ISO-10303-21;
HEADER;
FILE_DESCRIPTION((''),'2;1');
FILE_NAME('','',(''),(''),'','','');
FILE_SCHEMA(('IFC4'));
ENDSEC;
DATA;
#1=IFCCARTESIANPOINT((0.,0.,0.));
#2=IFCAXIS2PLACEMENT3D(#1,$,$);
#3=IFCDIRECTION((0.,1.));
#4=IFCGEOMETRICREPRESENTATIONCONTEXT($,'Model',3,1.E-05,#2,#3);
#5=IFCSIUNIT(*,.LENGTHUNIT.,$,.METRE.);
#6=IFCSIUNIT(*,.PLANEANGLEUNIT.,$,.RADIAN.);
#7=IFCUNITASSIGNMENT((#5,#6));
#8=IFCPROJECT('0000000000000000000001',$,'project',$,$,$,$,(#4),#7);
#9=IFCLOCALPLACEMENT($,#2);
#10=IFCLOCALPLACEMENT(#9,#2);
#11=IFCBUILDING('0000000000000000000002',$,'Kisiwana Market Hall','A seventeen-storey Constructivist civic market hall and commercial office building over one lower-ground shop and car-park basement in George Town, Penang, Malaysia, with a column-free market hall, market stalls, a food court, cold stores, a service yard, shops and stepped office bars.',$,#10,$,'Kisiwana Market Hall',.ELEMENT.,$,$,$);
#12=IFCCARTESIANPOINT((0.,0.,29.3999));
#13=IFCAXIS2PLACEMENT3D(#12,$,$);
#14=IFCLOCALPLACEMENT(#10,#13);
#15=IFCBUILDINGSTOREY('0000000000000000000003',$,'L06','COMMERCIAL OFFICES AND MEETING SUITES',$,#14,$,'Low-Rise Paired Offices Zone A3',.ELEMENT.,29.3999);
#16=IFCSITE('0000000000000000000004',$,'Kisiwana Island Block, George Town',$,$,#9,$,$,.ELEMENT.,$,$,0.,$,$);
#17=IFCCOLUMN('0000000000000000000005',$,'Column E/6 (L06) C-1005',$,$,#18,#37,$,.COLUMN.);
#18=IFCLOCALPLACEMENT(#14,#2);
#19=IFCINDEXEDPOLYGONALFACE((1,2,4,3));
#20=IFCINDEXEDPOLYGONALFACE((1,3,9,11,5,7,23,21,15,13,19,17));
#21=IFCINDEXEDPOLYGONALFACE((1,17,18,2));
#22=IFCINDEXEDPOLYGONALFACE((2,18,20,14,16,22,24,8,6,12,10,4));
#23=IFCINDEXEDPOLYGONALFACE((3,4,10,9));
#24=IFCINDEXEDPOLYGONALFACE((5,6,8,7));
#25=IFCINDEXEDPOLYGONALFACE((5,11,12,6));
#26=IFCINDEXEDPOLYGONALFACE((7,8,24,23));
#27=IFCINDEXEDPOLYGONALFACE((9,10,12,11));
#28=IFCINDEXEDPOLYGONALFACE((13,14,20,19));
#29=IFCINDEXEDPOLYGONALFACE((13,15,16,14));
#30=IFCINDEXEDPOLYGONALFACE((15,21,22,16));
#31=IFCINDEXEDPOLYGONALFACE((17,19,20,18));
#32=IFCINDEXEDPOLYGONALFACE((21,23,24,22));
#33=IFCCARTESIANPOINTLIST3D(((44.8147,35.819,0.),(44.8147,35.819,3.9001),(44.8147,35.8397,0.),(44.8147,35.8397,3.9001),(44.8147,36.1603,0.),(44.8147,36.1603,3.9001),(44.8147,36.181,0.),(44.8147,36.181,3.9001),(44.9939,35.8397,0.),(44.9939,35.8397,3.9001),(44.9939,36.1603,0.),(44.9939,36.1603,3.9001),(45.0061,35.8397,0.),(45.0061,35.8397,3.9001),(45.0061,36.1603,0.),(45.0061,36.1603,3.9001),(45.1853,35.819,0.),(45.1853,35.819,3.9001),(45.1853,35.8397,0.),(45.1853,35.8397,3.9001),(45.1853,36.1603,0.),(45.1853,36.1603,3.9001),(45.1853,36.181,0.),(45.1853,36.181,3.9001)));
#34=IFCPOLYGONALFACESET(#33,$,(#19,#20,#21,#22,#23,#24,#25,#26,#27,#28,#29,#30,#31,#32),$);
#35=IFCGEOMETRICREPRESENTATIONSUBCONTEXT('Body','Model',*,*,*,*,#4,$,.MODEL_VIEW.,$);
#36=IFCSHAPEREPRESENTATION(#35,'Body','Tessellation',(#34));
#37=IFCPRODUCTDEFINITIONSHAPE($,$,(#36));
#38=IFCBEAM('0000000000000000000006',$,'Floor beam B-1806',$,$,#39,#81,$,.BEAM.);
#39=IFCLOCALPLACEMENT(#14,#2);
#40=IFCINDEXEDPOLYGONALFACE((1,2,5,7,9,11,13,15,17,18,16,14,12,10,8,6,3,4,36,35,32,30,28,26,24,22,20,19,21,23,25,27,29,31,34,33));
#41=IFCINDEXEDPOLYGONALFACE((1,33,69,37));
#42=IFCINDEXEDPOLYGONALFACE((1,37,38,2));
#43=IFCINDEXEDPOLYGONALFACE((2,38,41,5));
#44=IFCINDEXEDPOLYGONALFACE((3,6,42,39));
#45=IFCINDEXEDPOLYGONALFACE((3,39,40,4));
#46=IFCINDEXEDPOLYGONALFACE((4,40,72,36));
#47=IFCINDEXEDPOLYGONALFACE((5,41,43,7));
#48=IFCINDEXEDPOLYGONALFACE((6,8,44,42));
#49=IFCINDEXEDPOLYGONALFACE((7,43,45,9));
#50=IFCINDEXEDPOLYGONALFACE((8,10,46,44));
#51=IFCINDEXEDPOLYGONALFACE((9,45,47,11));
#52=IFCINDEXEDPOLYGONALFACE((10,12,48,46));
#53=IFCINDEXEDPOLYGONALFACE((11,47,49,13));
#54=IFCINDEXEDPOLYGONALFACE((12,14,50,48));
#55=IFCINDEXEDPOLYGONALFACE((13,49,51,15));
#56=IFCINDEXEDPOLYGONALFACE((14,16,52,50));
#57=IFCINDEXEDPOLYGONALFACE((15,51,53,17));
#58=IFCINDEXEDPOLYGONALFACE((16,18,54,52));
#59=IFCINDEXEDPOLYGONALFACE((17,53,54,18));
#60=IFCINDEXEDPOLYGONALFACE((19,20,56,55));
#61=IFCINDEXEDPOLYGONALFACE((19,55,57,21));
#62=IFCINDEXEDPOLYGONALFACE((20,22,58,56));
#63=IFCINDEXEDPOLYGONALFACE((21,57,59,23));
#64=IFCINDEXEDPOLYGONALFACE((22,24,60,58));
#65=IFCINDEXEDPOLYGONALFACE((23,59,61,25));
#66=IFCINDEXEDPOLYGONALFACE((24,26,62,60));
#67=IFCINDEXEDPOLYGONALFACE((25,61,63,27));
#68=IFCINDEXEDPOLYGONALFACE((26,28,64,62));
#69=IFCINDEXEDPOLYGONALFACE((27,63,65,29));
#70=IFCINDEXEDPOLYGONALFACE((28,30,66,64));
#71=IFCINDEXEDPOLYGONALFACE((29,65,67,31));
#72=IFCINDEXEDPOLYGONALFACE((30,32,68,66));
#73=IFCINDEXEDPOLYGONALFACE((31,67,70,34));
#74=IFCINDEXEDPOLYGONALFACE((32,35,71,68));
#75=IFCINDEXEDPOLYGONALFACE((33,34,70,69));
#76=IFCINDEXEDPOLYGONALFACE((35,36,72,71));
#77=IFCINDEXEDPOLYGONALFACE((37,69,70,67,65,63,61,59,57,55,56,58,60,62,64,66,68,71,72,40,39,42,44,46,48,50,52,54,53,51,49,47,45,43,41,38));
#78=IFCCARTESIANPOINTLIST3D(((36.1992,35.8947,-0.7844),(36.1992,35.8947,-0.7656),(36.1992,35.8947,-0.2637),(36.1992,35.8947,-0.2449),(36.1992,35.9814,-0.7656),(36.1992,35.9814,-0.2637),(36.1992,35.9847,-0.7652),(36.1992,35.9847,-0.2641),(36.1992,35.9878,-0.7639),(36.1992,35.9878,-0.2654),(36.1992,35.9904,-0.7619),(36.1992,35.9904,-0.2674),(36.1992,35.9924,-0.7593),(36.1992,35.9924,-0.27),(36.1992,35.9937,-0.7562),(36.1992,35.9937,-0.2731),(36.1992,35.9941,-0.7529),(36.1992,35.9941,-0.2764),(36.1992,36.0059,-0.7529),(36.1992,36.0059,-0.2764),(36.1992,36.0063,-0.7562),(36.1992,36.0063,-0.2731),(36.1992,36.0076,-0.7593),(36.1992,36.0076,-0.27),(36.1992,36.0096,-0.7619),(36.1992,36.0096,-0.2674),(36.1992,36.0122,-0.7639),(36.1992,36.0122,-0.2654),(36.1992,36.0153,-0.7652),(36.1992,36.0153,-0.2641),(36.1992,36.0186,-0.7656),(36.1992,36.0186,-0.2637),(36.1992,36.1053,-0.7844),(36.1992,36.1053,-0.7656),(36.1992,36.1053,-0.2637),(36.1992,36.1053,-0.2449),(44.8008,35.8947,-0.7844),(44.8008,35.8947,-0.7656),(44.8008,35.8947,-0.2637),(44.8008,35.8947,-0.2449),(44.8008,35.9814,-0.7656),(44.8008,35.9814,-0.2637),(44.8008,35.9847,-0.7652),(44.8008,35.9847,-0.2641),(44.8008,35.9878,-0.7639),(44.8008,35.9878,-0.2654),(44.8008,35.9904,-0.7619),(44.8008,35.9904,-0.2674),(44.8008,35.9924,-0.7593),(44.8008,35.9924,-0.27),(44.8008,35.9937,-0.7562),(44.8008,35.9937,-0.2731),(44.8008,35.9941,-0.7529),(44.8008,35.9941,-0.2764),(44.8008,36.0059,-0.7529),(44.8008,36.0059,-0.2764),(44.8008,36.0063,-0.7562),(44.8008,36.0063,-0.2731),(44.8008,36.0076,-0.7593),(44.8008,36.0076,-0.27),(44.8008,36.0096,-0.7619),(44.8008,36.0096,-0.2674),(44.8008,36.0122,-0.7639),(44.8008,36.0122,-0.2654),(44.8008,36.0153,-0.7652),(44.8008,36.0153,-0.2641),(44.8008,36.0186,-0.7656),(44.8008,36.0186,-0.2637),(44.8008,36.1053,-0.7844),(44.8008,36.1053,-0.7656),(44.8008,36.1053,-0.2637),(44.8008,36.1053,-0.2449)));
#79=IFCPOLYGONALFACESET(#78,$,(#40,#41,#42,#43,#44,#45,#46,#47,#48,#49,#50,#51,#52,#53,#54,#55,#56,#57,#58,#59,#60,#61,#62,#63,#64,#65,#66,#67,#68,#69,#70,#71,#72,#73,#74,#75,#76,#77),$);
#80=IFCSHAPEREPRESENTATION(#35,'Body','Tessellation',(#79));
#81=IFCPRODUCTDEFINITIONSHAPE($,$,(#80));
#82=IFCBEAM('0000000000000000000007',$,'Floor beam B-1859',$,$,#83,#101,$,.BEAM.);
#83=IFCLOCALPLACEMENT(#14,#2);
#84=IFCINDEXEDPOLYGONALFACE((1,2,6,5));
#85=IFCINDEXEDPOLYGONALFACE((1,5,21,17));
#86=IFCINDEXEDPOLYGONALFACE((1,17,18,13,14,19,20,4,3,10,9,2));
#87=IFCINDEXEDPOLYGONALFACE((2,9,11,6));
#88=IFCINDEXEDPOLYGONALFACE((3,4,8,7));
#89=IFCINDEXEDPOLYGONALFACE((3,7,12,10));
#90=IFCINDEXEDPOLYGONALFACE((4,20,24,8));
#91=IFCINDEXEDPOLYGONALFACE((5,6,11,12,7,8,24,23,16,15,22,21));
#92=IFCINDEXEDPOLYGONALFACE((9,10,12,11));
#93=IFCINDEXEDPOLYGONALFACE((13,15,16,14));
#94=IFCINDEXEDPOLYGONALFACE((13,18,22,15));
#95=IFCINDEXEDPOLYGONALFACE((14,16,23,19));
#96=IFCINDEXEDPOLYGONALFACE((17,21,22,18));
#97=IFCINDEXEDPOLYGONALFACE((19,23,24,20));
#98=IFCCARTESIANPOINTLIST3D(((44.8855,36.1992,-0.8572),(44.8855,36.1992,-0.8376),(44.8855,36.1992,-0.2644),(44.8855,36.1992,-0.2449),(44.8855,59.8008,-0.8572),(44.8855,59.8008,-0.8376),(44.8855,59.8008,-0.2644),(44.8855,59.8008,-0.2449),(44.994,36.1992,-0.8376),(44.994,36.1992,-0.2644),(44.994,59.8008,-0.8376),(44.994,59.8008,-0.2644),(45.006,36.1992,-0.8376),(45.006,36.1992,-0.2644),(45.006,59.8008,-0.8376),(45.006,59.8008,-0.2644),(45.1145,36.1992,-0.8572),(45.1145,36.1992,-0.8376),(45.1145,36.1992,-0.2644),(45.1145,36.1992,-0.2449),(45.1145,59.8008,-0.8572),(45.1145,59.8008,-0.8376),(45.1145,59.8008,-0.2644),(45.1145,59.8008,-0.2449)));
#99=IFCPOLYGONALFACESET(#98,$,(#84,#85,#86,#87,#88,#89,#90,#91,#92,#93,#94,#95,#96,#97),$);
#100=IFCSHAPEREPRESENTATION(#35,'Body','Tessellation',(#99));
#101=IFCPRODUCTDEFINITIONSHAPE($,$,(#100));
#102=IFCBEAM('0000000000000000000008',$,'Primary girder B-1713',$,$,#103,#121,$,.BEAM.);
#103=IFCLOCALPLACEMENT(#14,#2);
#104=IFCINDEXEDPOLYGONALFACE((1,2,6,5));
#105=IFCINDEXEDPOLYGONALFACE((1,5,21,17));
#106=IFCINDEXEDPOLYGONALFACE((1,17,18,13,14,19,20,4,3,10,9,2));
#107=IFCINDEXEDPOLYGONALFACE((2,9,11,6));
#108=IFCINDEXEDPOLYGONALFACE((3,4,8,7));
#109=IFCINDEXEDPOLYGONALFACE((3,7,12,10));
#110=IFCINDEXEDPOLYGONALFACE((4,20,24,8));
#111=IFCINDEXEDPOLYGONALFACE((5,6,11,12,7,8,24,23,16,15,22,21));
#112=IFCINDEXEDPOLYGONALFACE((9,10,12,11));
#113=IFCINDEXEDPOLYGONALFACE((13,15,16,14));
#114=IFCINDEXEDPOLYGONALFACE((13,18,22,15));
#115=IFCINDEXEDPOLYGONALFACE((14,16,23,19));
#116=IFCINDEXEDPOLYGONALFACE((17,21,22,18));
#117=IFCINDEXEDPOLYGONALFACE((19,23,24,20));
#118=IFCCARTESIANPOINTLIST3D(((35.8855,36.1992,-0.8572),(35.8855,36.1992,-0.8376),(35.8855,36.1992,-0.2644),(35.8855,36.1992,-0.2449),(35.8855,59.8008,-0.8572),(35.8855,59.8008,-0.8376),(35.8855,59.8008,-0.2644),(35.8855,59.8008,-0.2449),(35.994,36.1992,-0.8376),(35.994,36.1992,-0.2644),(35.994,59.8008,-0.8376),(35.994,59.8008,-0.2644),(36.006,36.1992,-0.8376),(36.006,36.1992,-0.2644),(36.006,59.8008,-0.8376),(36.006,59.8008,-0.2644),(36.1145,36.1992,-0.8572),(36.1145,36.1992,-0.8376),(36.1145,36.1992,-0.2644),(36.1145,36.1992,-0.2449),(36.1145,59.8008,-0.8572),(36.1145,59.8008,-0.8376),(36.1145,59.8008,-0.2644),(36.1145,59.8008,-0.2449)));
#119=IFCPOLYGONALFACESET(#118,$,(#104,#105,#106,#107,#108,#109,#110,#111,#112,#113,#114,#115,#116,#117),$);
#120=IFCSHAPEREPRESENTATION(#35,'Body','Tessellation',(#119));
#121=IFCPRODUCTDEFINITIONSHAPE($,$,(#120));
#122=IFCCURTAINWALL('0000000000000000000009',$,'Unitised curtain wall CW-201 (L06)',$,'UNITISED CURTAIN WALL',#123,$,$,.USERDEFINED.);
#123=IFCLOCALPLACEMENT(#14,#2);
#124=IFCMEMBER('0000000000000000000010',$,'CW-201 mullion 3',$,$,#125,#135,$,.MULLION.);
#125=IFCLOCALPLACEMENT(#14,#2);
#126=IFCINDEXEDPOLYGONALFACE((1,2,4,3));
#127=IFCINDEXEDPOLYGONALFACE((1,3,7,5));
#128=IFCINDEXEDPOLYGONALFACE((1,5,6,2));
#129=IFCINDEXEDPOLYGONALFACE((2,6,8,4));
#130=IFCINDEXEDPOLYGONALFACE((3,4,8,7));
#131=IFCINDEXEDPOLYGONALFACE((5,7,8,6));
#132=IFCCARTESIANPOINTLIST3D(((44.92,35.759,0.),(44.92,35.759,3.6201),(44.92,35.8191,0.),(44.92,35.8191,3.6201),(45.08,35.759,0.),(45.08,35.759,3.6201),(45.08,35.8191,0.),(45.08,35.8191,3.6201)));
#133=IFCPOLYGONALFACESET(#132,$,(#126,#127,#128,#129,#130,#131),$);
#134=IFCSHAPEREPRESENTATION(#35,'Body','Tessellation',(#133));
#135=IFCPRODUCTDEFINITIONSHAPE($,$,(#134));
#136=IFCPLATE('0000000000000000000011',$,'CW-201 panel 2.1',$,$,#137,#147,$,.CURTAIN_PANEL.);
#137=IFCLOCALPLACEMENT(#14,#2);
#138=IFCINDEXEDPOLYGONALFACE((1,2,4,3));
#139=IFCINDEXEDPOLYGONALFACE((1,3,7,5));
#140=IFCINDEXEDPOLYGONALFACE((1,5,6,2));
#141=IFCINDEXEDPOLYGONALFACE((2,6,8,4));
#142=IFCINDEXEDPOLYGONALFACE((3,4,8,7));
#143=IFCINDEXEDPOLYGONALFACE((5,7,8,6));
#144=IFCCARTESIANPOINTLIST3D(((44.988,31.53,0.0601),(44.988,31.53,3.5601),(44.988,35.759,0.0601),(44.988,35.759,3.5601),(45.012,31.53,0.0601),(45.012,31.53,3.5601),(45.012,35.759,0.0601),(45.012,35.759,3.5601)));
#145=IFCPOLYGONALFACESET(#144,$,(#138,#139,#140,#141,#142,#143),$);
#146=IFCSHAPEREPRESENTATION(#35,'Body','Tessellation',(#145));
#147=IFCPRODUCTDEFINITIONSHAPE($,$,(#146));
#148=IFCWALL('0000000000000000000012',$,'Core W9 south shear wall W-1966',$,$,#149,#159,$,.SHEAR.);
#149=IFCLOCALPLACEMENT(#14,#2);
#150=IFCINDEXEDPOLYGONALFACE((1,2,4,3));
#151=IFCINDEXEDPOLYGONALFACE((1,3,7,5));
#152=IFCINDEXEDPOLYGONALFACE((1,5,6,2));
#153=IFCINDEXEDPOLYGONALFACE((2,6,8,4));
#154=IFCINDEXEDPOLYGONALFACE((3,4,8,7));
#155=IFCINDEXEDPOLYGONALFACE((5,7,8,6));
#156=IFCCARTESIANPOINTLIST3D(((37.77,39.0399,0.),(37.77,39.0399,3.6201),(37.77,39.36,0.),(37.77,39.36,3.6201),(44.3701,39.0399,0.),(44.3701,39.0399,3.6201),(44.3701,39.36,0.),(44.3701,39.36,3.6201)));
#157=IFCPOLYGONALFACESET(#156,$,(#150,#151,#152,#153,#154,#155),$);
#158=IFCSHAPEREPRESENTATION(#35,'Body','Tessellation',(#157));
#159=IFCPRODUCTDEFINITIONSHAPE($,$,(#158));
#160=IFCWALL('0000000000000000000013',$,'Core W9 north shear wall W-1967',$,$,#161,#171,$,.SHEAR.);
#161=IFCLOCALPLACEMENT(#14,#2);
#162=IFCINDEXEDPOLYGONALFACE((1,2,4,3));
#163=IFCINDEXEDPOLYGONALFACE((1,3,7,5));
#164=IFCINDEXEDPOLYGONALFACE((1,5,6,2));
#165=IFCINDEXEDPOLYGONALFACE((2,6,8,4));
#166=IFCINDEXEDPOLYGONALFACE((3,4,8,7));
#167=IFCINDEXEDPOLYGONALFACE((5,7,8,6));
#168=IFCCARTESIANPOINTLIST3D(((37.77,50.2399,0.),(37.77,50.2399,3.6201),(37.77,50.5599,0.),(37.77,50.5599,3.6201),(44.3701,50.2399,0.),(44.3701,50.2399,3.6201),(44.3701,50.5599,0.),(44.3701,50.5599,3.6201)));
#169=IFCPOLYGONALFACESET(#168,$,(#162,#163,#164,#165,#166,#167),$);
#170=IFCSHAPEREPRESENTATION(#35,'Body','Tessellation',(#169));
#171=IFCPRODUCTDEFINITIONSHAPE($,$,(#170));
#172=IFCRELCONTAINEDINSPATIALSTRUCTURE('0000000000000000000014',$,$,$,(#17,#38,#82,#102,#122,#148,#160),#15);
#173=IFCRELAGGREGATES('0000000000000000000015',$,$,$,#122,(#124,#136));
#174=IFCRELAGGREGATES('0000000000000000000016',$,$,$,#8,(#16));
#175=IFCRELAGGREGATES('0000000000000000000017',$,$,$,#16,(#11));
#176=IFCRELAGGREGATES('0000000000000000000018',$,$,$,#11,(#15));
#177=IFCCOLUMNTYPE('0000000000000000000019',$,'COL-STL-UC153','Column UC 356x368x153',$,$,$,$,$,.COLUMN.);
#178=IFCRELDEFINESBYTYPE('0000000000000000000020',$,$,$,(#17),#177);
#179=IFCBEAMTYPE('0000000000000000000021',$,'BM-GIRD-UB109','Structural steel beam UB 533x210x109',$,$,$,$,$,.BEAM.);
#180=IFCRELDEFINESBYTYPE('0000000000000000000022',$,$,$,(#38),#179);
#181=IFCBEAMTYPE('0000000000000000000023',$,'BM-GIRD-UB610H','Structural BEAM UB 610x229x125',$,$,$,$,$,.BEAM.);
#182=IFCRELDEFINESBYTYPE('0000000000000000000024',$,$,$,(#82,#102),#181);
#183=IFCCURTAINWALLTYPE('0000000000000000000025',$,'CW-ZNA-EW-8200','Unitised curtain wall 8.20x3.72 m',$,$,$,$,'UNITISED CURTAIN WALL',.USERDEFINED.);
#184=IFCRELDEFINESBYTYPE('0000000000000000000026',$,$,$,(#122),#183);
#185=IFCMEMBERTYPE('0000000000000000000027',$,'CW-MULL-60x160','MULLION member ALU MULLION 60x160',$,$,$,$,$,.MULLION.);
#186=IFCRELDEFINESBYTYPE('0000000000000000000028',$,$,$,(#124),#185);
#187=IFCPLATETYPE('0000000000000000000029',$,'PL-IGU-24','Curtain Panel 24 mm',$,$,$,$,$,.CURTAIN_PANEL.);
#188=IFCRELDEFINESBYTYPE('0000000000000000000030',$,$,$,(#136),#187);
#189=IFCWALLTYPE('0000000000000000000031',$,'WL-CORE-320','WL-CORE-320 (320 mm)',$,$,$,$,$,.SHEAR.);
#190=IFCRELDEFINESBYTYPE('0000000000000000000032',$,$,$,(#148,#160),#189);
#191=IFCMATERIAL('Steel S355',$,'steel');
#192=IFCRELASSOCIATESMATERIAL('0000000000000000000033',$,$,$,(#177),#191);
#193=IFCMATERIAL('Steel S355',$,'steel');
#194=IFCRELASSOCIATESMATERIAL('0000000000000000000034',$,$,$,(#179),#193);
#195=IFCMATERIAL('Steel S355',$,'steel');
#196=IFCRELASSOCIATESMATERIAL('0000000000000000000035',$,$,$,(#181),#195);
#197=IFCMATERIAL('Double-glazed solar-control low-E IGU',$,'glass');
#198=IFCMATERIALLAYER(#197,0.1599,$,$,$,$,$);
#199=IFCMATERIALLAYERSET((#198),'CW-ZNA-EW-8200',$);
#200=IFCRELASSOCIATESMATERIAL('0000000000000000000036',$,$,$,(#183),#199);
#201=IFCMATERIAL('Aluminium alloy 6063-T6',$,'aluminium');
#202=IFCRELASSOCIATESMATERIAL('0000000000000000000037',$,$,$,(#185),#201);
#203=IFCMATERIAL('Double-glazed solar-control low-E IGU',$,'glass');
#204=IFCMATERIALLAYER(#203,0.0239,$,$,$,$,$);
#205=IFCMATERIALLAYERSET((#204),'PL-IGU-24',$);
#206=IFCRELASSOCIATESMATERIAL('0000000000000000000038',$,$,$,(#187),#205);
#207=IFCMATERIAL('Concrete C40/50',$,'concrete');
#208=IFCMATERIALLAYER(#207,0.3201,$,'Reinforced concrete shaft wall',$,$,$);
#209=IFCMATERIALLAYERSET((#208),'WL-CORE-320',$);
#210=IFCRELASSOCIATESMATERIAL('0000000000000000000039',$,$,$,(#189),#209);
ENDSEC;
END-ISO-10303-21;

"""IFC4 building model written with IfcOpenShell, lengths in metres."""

from ifc_helpers import new_model, si_unit, direction, frame, frame_2d, origin, origin_2d, place, context, subcontext, project, spatial, rectangle, i_section, extrude, material, layer, layer_set, material_profile, profile_set, type_object, element, aggregate, save


model = new_model("IFC4")

# Units and contexts
model_context = context("Model", 3, precision=1e-05, world=origin(), true_north=direction((0.0, 1.0)))
body_context = subcontext(model_context, "Body", "Model", "MODEL_VIEW")
ifc_project = project(units=[si_unit("LENGTHUNIT", "METRE"), si_unit("PLANEANGLEUNIT", "RADIAN")], contexts=[model_context])

# Site, building, storey
site_placement = place(None, origin())
site = spatial("IfcSite", under=ifc_project, at=site_placement, Name="Kisiwana Island Block, George Town", CompositionType="ELEMENT", RefElevation=0.0)
building_placement = place(site_placement, origin())
building = spatial("IfcBuilding", under=site, at=building_placement, Name="Kisiwana Market Hall", Description="A seventeen-storey Constructivist civic market hall and commercial office building over one lower-ground shop and car-park basement in George Town, Penang, Malaysia, with a column-free market hall, market stalls, a food court, cold stores, a service yard, shops and stepped office bars.", LongName="Kisiwana Market Hall", CompositionType="ELEMENT")
storey_placement = place(building_placement, frame((0.0, 0.0, 29.3999)))
storey = spatial("IfcBuildingStorey", under=building, at=storey_placement, Name="L06", Description="COMMERCIAL OFFICES AND MEETING SUITES", LongName="Low-Rise Paired Offices Zone A3", CompositionType="ELEMENT", Elevation=29.3999)

# Column
ifc_material_1 = material(Name="Steel S355", Category="steel")
ifc_material_profile_1 = material_profile(ifc_material_1, i_section(OverallWidth=0.3706, OverallDepth=0.3621, WebThickness=0.0122, FlangeThickness=0.0208, at=origin_2d()), Name="UC 356x368x153")
ifc_profile_set_1 = profile_set([ifc_material_profile_1], Name="Steel S355")
column_type = type_object("IfcColumnType", Name="COL-STL-UC153", Description="Column UC 356x368x153", PredefinedType="COLUMN", material=ifc_profile_set_1)
column_placement = place(storey_placement, frame((45.0, 36.0, 0.0), z_axis=(0.0, 0.0, 1.0), x_axis=(1.0, 0.0, 0.0)))
element("IfcColumn", 1, at=column_placement, inside=storey, type_object=column_type, Name="Column E/6 (L06) C-1005", PredefinedType="COLUMN", context=body_context, shape_type="SweptSolid", body=[
    extrude(i_section(OverallWidth=0.3706, OverallDepth=0.3621, WebThickness=0.0122, FlangeThickness=0.0208, at=origin_2d()), origin(), (0.0, 0.0, 1.0), 3.9001),
])

# Beams
ifc_material_2 = material(Name="Steel S355", Category="steel")
ifc_material_profile_2 = material_profile(ifc_material_2, i_section(OverallWidth=0.2107, OverallDepth=0.5396, WebThickness=0.0117, FlangeThickness=0.0188, FilletRadius=0.0127, at=origin_2d()), Name="UB 533x210x109")
ifc_profile_set_2 = profile_set([ifc_material_profile_2], Name="Steel S355")
beam_type_1 = type_object("IfcBeamType", Name="BM-GIRD-UB109", Description="Structural steel beam UB 533x210x109", PredefinedType="BEAM", material=ifc_profile_set_2)
beam_placement = place(storey_placement, frame((36.1992, 36.0, -0.5146), z_axis=(1.0, 0.0, 0.0), x_axis=(0.0, 1.0, 0.0)))
element("IfcBeam", 2, at=beam_placement, inside=storey, type_object=beam_type_1, Name="Floor beam B-1806", PredefinedType="BEAM", context=body_context, shape_type="SweptSolid", body=[
    extrude(i_section(OverallWidth=0.2107, OverallDepth=0.5396, WebThickness=0.0117, FlangeThickness=0.0188, FilletRadius=0.0127, at=origin_2d()), origin(), (0.0, 0.0, 1.0), 8.6016),
])
ifc_material_3 = material(Name="Steel S355", Category="steel")
ifc_material_profile_3 = material_profile(ifc_material_3, i_section(OverallWidth=0.229, OverallDepth=0.6123, WebThickness=0.012, FlangeThickness=0.0195, at=origin_2d()), Name="UB 610x229x125")
ifc_profile_set_3 = profile_set([ifc_material_profile_3], Name="Steel S355")
beam_type_2 = type_object("IfcBeamType", Name="BM-GIRD-UB610H", Description="Structural BEAM UB 610x229x125", PredefinedType="BEAM", material=ifc_profile_set_3)
for number, where, z_axis, x_axis, name in (
    (3, (45.0, 36.1992, -0.551), (0.0, 1.0, 0.0), (-1.0, 0.0, 0.0), "Floor beam B-1859"),
    (4, (36.0, 36.1992, -0.551), (0.0, 1.0, 0.0), (-1.0, 0.0, 0.0), "Primary girder B-1713"),
):
    element("IfcBeam", number, at=place(storey_placement, frame(where, z_axis=z_axis, x_axis=x_axis)), inside=storey, type_object=beam_type_2, Name=name, PredefinedType="BEAM", context=body_context, shape_type="SweptSolid", body=[
        extrude(i_section(OverallWidth=0.229, OverallDepth=0.6123, WebThickness=0.012, FlangeThickness=0.0195, at=origin_2d()), origin(), (0.0, 0.0, 1.0), 23.6016),
    ])

# Curtain wall, member, plate
ifc_material_4 = material(Name="Double-glazed solar-control low-E IGU", Category="glass")
ifc_layer_1 = layer(ifc_material_4, 0.1599)
ifc_layer_set_1 = layer_set([ifc_layer_1], Name="CW-ZNA-EW-8200")
curtain_wall_type = type_object("IfcCurtainWallType", Name="CW-ZNA-EW-8200", Description="Unitised curtain wall 8.20x3.72 m", ElementType="UNITISED CURTAIN WALL", PredefinedType="USERDEFINED", material=ifc_layer_set_1)
curtain_wall_placement = place(storey_placement, origin())
curtain_wall = element("IfcCurtainWall", 5, at=curtain_wall_placement, inside=storey, type_object=curtain_wall_type, Name="Unitised curtain wall CW-201 (L06)", ObjectType="UNITISED CURTAIN WALL", PredefinedType="USERDEFINED")
ifc_material_5 = material(Name="Aluminium alloy 6063-T6", Category="aluminium")
ifc_material_profile_4 = material_profile(ifc_material_5, rectangle(XDim=0.0601, YDim=0.1599, at=origin_2d()), Name="ALU MULLION 60x160")
ifc_profile_set_4 = profile_set([ifc_material_profile_4], Name="Aluminium alloy 6063-T6")
member_type = type_object("IfcMemberType", Name="CW-MULL-60x160", Description="MULLION member ALU MULLION 60x160", PredefinedType="MULLION", material=ifc_profile_set_4)
member_placement = place(storey_placement, frame((45.0, 35.7891, 0.0), z_axis=(0.0, 0.0, 1.0), x_axis=(0.0, 1.0, 0.0)))
member = element("IfcMember", 6, at=member_placement, type_object=member_type, Name="CW-201 mullion 3", PredefinedType="MULLION", context=body_context, shape_type="SweptSolid", body=[
    extrude(rectangle(XDim=0.0601, YDim=0.1599, at=origin_2d()), origin(), (0.0, 0.0, 1.0), 3.6201),
])
ifc_material_6 = material(Name="Double-glazed solar-control low-E IGU", Category="glass")
ifc_layer_2 = layer(ifc_material_6, 0.0239)
ifc_layer_set_2 = layer_set([ifc_layer_2], Name="PL-IGU-24")
plate_type = type_object("IfcPlateType", Name="PL-IGU-24", Description="Curtain Panel 24 mm", PredefinedType="CURTAIN_PANEL", material=ifc_layer_set_2)
plate_placement = place(storey_placement, frame((45.0, 33.6445, 0.0601), z_axis=(0.0, 0.0, 1.0), x_axis=(0.0, 1.0, 0.0)))
plate = element("IfcPlate", 7, at=plate_placement, type_object=plate_type, Name="CW-201 panel 2.1", PredefinedType="CURTAIN_PANEL", context=body_context, shape_type="SweptSolid", body=[
    extrude(rectangle(XDim=4.229, YDim=0.0239, at=origin_2d()), origin(), (0.0, 0.0, 1.0), 3.5),
])
aggregate(curtain_wall, [member, plate])

# Walls
ifc_material_7 = material(Name="Concrete C40/50", Category="concrete")
ifc_layer_3 = layer(ifc_material_7, 0.3201, Name="Reinforced concrete shaft wall")
ifc_layer_set_3 = layer_set([ifc_layer_3], Name="WL-CORE-320")
wall_type_1 = type_object("IfcWallType", Name="WL-CORE-320", Description="WL-CORE-320 (320 mm)", PredefinedType="SHEAR", material=ifc_layer_set_3)
for number, where, z_axis, x_axis, name in (
    (8, (37.77, 39.2, 0.0), (0.0, 0.0, 1.0), (1.0, 0.0, 0.0), "Core W9 south shear wall W-1966"),
    (9, (37.77, 50.3999, 0.0), (0.0, 0.0, 1.0), (1.0, 0.0, 0.0), "Core W9 north shear wall W-1967"),
):
    element("IfcWall", number, at=place(storey_placement, frame(where, z_axis=z_axis, x_axis=x_axis)), inside=storey, type_object=wall_type_1, Name=name, PredefinedType="SHEAR", context=body_context, shape_type="SweptSolid", body=[
        extrude(rectangle(XDim=6.6001, YDim=0.3201, at=frame_2d((3.3, 0.0))), origin(), (0.0, 0.0, 1.0), 3.6201),
    ])

save(model, "model.ifc")
